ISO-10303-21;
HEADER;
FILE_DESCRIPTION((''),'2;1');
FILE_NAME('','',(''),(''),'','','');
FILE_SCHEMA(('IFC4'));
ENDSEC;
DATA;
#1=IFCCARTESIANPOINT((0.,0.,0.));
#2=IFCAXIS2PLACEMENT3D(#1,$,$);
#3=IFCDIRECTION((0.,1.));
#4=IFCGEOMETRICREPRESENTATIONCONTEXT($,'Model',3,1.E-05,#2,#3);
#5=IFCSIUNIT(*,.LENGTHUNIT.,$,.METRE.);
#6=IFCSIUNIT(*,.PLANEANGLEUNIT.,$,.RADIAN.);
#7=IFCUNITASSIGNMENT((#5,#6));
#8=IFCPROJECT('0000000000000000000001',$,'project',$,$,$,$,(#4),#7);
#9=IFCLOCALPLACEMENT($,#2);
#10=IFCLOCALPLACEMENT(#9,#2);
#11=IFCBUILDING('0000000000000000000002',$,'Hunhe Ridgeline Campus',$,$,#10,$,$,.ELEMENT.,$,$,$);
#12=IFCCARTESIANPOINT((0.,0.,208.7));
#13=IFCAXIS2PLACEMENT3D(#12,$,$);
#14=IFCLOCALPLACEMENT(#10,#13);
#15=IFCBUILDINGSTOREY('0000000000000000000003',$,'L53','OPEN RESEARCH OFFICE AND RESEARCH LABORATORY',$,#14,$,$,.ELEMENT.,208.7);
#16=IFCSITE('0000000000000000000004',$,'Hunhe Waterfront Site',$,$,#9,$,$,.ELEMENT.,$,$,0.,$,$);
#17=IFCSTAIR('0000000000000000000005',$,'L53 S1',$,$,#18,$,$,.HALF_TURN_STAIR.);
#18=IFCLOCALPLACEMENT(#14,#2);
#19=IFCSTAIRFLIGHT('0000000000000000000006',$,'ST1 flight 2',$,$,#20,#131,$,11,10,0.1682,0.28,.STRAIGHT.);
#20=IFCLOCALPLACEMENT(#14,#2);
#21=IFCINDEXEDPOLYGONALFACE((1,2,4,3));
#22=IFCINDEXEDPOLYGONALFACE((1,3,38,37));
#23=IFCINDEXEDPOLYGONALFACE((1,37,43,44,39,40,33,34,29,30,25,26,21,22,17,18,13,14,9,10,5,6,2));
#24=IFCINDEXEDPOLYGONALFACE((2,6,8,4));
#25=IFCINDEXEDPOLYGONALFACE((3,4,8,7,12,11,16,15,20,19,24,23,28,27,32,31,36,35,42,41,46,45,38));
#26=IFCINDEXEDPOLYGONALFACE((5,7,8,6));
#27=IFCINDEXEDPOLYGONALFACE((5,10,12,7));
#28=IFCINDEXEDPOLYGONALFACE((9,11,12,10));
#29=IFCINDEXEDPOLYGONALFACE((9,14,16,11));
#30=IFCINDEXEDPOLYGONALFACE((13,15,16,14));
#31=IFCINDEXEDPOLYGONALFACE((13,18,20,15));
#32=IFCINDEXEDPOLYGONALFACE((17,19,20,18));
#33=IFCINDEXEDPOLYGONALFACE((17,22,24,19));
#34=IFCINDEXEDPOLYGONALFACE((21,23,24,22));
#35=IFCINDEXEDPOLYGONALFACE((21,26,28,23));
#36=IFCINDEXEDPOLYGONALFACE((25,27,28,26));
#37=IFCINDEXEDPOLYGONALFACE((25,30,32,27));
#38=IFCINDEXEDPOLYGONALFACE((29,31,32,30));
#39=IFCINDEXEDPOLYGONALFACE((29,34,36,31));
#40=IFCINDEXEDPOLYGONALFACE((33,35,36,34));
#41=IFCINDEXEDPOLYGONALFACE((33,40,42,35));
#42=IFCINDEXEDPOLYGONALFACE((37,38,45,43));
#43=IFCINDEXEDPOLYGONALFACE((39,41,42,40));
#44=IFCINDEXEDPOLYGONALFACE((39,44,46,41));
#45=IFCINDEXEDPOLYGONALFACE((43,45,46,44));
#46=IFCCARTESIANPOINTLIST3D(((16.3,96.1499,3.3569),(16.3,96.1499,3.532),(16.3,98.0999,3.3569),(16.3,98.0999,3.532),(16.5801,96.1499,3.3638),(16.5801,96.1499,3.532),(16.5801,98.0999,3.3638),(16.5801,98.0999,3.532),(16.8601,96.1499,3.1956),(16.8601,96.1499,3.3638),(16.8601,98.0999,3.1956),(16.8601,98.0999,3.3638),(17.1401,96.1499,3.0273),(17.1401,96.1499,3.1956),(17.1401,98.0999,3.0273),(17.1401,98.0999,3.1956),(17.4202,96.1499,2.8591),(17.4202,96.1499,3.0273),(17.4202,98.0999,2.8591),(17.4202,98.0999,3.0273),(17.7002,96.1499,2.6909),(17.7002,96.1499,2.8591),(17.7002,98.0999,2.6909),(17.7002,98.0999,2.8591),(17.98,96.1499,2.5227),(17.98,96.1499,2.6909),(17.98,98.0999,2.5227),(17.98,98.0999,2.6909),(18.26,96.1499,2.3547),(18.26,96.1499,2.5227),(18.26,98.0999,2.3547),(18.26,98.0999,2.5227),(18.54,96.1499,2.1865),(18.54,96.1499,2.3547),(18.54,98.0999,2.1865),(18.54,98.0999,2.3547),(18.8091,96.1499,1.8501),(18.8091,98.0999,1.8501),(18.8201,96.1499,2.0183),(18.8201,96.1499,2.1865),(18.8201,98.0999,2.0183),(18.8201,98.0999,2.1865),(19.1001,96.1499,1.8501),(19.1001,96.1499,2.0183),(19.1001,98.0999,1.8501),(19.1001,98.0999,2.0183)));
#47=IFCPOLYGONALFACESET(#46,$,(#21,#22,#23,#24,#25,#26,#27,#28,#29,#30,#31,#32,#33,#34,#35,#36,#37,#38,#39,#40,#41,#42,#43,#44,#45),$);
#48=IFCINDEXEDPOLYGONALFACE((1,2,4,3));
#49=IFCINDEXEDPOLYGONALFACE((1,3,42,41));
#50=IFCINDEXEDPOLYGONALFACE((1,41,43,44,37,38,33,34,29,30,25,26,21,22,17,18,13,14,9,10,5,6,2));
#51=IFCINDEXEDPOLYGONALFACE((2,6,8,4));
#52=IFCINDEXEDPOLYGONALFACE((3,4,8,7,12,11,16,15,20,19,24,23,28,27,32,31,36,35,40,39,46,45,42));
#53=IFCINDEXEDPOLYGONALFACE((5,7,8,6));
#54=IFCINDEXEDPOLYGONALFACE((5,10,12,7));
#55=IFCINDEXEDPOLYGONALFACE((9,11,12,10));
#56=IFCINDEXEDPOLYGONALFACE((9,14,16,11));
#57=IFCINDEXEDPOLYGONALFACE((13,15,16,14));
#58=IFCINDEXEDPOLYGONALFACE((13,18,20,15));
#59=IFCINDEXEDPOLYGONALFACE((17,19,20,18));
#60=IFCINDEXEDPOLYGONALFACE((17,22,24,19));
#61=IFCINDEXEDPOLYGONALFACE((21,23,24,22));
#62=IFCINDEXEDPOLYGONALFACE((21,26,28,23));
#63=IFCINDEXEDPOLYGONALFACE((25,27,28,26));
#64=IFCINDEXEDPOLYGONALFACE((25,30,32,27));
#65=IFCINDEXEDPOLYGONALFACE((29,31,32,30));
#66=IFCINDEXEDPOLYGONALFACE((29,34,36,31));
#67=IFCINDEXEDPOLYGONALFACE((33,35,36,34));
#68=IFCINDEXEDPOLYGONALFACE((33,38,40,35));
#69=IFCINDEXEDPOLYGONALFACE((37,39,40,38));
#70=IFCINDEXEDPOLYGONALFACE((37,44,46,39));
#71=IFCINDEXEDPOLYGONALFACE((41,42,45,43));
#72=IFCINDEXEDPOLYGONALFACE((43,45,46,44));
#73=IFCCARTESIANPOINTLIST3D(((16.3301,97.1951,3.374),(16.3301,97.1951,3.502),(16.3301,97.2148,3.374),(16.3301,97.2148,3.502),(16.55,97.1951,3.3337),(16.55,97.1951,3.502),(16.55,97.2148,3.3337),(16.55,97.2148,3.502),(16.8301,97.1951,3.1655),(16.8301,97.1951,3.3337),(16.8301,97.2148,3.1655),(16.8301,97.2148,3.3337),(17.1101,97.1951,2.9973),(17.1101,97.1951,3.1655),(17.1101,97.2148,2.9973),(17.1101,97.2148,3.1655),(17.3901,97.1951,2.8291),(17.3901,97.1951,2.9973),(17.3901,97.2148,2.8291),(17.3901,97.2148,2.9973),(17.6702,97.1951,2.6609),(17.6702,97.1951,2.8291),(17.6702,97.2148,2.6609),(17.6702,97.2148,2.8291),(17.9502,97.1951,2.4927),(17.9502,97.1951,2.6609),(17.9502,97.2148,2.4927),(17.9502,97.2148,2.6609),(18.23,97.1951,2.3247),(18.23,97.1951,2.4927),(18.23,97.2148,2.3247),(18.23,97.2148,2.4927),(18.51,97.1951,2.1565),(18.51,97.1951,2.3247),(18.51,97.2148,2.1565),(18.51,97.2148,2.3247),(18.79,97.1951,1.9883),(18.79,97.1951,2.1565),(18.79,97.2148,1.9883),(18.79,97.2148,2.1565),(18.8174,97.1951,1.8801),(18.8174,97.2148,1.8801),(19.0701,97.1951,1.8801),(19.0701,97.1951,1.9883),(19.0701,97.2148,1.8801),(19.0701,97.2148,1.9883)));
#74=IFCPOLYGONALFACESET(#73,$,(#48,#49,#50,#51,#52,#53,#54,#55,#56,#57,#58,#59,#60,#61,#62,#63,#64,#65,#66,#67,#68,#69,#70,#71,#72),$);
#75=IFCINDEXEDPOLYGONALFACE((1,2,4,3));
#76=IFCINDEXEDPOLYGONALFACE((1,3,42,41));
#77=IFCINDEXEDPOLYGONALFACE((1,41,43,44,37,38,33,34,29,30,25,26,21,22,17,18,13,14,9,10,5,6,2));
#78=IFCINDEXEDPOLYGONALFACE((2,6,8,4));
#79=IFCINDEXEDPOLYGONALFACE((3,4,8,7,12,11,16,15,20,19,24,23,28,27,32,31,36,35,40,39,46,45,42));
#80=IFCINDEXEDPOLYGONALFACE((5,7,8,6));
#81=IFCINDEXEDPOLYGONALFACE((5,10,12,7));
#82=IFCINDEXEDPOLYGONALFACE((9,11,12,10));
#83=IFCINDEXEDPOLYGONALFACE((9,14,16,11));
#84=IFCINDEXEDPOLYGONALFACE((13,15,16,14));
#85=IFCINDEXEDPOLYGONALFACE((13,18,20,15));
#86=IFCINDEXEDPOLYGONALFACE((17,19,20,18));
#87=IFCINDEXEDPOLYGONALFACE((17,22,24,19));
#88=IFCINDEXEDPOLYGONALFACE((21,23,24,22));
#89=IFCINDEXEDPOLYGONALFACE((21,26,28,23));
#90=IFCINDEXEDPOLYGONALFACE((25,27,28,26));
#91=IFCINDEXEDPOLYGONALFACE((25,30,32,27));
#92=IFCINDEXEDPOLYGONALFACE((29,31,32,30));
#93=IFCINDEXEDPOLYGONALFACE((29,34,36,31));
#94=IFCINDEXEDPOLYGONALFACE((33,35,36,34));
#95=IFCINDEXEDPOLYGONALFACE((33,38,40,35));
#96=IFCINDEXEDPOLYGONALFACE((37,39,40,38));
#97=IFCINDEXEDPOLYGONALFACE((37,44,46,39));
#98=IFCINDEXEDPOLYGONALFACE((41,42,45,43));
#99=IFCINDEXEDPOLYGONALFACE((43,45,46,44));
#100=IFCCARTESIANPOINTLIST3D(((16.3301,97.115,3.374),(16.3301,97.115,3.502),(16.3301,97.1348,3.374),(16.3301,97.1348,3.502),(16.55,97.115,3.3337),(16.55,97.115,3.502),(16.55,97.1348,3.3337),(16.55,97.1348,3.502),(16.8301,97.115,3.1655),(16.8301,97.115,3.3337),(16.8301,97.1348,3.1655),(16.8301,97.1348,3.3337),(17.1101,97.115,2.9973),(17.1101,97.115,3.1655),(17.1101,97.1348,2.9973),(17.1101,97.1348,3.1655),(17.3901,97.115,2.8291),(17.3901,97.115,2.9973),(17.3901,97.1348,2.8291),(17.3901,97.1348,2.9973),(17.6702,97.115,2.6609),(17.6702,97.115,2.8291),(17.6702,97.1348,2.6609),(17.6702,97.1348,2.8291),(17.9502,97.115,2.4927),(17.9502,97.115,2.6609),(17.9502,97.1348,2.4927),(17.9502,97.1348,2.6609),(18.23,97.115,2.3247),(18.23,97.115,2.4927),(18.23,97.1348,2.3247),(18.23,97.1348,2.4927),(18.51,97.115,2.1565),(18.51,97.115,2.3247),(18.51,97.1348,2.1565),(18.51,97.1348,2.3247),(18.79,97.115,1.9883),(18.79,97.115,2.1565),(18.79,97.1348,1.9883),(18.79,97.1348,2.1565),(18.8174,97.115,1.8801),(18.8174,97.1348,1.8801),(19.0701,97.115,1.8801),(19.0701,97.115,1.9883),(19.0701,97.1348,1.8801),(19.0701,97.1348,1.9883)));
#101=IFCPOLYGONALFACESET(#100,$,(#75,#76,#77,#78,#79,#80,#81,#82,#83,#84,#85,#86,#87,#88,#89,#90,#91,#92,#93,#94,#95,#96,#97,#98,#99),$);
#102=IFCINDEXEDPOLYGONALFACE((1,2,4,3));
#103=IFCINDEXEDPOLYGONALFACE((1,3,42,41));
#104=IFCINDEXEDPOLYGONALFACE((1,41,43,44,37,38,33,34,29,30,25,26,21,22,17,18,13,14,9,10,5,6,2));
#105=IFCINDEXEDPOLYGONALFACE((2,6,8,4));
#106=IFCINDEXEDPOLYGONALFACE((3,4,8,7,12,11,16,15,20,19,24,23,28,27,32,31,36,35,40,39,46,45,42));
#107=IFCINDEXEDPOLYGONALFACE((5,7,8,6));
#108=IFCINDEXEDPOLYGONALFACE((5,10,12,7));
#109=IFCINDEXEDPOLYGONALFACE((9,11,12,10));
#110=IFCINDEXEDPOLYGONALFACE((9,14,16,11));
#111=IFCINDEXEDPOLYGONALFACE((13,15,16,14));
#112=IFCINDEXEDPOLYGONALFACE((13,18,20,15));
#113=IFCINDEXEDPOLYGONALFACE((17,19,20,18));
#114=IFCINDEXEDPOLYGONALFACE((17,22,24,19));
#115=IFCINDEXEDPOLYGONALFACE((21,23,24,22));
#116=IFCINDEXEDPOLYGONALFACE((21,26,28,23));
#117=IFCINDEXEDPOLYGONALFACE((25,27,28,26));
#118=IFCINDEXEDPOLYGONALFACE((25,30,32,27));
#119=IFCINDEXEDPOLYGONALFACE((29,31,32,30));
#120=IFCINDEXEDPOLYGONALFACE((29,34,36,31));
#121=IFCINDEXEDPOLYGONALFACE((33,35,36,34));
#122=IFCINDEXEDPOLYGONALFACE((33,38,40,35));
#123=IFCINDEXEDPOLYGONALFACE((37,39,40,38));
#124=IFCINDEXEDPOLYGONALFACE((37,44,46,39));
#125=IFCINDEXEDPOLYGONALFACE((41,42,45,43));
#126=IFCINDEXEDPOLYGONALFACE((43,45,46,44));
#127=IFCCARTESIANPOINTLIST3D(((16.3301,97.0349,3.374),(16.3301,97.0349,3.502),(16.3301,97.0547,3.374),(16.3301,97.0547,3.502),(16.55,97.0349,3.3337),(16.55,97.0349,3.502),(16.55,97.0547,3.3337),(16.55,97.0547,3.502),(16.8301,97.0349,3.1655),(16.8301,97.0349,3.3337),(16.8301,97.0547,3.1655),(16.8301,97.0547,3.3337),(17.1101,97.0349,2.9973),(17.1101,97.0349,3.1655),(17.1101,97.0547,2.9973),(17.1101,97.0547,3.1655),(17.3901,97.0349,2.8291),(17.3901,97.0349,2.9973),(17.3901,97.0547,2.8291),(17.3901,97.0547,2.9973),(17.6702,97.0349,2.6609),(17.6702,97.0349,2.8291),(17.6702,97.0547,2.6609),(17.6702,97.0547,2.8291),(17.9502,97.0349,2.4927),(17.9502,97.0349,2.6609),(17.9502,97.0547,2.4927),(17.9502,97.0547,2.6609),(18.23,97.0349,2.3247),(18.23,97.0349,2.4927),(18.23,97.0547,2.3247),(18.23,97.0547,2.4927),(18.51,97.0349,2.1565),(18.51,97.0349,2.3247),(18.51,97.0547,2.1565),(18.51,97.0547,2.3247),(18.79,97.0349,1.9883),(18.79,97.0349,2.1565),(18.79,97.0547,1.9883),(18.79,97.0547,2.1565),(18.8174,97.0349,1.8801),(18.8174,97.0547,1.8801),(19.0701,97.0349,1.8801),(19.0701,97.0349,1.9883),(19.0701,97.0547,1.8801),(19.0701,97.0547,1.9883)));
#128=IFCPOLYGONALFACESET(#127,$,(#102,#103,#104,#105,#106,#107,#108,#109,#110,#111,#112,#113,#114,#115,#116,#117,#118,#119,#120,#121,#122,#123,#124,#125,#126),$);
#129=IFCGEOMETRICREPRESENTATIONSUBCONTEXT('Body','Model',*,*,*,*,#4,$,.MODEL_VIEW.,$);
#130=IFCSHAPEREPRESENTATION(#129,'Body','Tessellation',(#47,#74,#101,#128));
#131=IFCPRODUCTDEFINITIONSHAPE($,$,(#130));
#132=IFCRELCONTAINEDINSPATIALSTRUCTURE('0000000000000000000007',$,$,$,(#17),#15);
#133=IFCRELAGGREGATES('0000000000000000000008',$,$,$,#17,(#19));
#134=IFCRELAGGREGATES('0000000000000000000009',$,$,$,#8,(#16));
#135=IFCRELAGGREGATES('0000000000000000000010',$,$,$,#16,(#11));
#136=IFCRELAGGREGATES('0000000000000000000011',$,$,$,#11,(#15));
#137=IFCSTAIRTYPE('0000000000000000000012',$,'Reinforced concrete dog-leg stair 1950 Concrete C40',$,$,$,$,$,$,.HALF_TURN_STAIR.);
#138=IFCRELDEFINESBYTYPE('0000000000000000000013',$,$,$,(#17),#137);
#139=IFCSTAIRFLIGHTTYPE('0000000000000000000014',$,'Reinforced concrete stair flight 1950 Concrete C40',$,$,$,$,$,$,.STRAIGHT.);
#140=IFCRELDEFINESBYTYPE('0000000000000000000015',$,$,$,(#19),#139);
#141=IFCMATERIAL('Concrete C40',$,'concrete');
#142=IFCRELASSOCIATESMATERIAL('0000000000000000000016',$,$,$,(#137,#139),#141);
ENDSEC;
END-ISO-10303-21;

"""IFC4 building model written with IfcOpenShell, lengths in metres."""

from ifc_helpers import new_model, si_unit, direction, frame, origin, place, context, subcontext, project, spatial, polyline, outline, extrude, material, type_object, element, aggregate, save


model = new_model("IFC4")

# Units and contexts
model_context = context("Model", 3, precision=1e-05, world=origin(), true_north=direction((0.0, 1.0)))
body_context = subcontext(model_context, "Body", "Model", "MODEL_VIEW")
ifc_project = project(units=[si_unit("LENGTHUNIT", "METRE"), si_unit("PLANEANGLEUNIT", "RADIAN")], contexts=[model_context])

# Site, building, storey
site_placement = place(None, origin())
site = spatial("IfcSite", under=ifc_project, at=site_placement, Name="Hunhe Waterfront Site", CompositionType="ELEMENT", RefElevation=0.0)
building_placement = place(site_placement, origin())
building = spatial("IfcBuilding", under=site, at=building_placement, Name="Hunhe Ridgeline Campus", CompositionType="ELEMENT")
storey_placement = place(building_placement, frame((0.0, 0.0, 208.7)))
storey = spatial("IfcBuildingStorey", under=building, at=storey_placement, Name="L53", Description="OPEN RESEARCH OFFICE AND RESEARCH LABORATORY", CompositionType="ELEMENT", Elevation=208.7)

# Stair, stair flight
ifc_material_1 = material(Name="Concrete C40", Category="concrete")
stair_type = type_object("IfcStairType", Name="Reinforced concrete dog-leg stair 1950 Concrete C40", PredefinedType="HALF_TURN_STAIR", material=ifc_material_1)
stair_placement = place(storey_placement, origin())
stair = element("IfcStair", 1, at=stair_placement, inside=storey, type_object=stair_type, Name="L53 S1", PredefinedType="HALF_TURN_STAIR")
stair_flight_type = type_object("IfcStairFlightType", Name="Reinforced concrete stair flight 1950 Concrete C40", PredefinedType="STRAIGHT", material=ifc_material_1)
stair_flight_1_placement = place(storey_placement, frame((19.1001, 97.125, 1.8501), z_axis=(0.0, 0.0, 1.0), x_axis=(-1.0, 0.0, 0.0)))
stair_flight_1 = element("IfcStairFlight", 2, at=stair_flight_1_placement, type_object=stair_flight_type, Name="ST1 flight 2", NumberOfRisers=11, NumberOfTreads=10, PredefinedType="STRAIGHT", RiserHeight=0.1682, TreadLength=0.28, context=body_context, shape_type="SweptSolid", body=[
    extrude(outline(polyline([(0.0, 0.0), (0.0, 0.1682), (0.28, 0.1682), (0.28, 0.3364), (0.5601, 0.3364), (0.5601, 0.5046), (0.8401, 0.5046), (0.8401, 0.6726), (1.1201, 0.6726), (1.1201, 0.8408), (1.3999, 0.8408), (1.3999, 1.009), (1.6799, 1.009), (1.6799, 1.1772), (1.96, 1.1772), (1.96, 1.3455), (2.24, 1.3455), (2.24, 1.5137), (2.52, 1.5137), (2.52, 1.6819), (2.8, 1.6819), (2.8, 1.8501), (2.8, 1.5068), (0.291, 0.0), (0.0, 0.0)])), frame((0.0, 0.9751, 0.0), z_axis=(0.0, -1.0, 0.0), x_axis=(1.0, 0.0, 0.0)), (0.0, 0.0, 1.0), 1.95),
    extrude(outline(polyline([(0.03, 0.03), (0.03, 0.1382), (0.3101, 0.1382), (0.3101, 0.3064), (0.5901, 0.3064), (0.5901, 0.4746), (0.8701, 0.4746), (0.8701, 0.6426), (1.1499, 0.6426), (1.1499, 0.8108), (1.4299, 0.8108), (1.4299, 0.979), (1.71, 0.979), (1.71, 1.1472), (1.99, 1.1472), (1.99, 1.3154), (2.27, 1.3154), (2.27, 1.4836), (2.55, 1.4836), (2.55, 1.6519), (2.77, 1.6519), (2.77, 1.5239), (0.2827, 0.03), (0.03, 0.03)])), frame((0.0, -0.0701, 0.0), z_axis=(0.0, -1.0, 0.0), x_axis=(1.0, 0.0, 0.0)), (0.0, 0.0, 1.0), 0.0198),
    extrude(outline(polyline([(0.03, 0.03), (0.03, 0.1382), (0.3101, 0.1382), (0.3101, 0.3064), (0.5901, 0.3064), (0.5901, 0.4746), (0.8701, 0.4746), (0.8701, 0.6426), (1.1499, 0.6426), (1.1499, 0.8108), (1.4299, 0.8108), (1.4299, 0.979), (1.71, 0.979), (1.71, 1.1472), (1.99, 1.1472), (1.99, 1.3154), (2.27, 1.3154), (2.27, 1.4836), (2.55, 1.4836), (2.55, 1.6519), (2.77, 1.6519), (2.77, 1.5239), (0.2827, 0.03), (0.03, 0.03)])), frame((0.0, 0.01, 0.0), z_axis=(0.0, -1.0, 0.0), x_axis=(1.0, 0.0, 0.0)), (0.0, 0.0, 1.0), 0.0198),
    extrude(outline(polyline([(0.03, 0.03), (0.03, 0.1382), (0.3101, 0.1382), (0.3101, 0.3064), (0.5901, 0.3064), (0.5901, 0.4746), (0.8701, 0.4746), (0.8701, 0.6426), (1.1499, 0.6426), (1.1499, 0.8108), (1.4299, 0.8108), (1.4299, 0.979), (1.71, 0.979), (1.71, 1.1472), (1.99, 1.1472), (1.99, 1.3154), (2.27, 1.3154), (2.27, 1.4836), (2.55, 1.4836), (2.55, 1.6519), (2.77, 1.6519), (2.77, 1.5239), (0.2827, 0.03), (0.03, 0.03)])), frame((0.0, 0.0901, 0.0), z_axis=(0.0, -1.0, 0.0), x_axis=(1.0, 0.0, 0.0)), (0.0, 0.0, 1.0), 0.0198),
])
aggregate(stair, [stair_flight_1])

save(model, "model.ifc")
